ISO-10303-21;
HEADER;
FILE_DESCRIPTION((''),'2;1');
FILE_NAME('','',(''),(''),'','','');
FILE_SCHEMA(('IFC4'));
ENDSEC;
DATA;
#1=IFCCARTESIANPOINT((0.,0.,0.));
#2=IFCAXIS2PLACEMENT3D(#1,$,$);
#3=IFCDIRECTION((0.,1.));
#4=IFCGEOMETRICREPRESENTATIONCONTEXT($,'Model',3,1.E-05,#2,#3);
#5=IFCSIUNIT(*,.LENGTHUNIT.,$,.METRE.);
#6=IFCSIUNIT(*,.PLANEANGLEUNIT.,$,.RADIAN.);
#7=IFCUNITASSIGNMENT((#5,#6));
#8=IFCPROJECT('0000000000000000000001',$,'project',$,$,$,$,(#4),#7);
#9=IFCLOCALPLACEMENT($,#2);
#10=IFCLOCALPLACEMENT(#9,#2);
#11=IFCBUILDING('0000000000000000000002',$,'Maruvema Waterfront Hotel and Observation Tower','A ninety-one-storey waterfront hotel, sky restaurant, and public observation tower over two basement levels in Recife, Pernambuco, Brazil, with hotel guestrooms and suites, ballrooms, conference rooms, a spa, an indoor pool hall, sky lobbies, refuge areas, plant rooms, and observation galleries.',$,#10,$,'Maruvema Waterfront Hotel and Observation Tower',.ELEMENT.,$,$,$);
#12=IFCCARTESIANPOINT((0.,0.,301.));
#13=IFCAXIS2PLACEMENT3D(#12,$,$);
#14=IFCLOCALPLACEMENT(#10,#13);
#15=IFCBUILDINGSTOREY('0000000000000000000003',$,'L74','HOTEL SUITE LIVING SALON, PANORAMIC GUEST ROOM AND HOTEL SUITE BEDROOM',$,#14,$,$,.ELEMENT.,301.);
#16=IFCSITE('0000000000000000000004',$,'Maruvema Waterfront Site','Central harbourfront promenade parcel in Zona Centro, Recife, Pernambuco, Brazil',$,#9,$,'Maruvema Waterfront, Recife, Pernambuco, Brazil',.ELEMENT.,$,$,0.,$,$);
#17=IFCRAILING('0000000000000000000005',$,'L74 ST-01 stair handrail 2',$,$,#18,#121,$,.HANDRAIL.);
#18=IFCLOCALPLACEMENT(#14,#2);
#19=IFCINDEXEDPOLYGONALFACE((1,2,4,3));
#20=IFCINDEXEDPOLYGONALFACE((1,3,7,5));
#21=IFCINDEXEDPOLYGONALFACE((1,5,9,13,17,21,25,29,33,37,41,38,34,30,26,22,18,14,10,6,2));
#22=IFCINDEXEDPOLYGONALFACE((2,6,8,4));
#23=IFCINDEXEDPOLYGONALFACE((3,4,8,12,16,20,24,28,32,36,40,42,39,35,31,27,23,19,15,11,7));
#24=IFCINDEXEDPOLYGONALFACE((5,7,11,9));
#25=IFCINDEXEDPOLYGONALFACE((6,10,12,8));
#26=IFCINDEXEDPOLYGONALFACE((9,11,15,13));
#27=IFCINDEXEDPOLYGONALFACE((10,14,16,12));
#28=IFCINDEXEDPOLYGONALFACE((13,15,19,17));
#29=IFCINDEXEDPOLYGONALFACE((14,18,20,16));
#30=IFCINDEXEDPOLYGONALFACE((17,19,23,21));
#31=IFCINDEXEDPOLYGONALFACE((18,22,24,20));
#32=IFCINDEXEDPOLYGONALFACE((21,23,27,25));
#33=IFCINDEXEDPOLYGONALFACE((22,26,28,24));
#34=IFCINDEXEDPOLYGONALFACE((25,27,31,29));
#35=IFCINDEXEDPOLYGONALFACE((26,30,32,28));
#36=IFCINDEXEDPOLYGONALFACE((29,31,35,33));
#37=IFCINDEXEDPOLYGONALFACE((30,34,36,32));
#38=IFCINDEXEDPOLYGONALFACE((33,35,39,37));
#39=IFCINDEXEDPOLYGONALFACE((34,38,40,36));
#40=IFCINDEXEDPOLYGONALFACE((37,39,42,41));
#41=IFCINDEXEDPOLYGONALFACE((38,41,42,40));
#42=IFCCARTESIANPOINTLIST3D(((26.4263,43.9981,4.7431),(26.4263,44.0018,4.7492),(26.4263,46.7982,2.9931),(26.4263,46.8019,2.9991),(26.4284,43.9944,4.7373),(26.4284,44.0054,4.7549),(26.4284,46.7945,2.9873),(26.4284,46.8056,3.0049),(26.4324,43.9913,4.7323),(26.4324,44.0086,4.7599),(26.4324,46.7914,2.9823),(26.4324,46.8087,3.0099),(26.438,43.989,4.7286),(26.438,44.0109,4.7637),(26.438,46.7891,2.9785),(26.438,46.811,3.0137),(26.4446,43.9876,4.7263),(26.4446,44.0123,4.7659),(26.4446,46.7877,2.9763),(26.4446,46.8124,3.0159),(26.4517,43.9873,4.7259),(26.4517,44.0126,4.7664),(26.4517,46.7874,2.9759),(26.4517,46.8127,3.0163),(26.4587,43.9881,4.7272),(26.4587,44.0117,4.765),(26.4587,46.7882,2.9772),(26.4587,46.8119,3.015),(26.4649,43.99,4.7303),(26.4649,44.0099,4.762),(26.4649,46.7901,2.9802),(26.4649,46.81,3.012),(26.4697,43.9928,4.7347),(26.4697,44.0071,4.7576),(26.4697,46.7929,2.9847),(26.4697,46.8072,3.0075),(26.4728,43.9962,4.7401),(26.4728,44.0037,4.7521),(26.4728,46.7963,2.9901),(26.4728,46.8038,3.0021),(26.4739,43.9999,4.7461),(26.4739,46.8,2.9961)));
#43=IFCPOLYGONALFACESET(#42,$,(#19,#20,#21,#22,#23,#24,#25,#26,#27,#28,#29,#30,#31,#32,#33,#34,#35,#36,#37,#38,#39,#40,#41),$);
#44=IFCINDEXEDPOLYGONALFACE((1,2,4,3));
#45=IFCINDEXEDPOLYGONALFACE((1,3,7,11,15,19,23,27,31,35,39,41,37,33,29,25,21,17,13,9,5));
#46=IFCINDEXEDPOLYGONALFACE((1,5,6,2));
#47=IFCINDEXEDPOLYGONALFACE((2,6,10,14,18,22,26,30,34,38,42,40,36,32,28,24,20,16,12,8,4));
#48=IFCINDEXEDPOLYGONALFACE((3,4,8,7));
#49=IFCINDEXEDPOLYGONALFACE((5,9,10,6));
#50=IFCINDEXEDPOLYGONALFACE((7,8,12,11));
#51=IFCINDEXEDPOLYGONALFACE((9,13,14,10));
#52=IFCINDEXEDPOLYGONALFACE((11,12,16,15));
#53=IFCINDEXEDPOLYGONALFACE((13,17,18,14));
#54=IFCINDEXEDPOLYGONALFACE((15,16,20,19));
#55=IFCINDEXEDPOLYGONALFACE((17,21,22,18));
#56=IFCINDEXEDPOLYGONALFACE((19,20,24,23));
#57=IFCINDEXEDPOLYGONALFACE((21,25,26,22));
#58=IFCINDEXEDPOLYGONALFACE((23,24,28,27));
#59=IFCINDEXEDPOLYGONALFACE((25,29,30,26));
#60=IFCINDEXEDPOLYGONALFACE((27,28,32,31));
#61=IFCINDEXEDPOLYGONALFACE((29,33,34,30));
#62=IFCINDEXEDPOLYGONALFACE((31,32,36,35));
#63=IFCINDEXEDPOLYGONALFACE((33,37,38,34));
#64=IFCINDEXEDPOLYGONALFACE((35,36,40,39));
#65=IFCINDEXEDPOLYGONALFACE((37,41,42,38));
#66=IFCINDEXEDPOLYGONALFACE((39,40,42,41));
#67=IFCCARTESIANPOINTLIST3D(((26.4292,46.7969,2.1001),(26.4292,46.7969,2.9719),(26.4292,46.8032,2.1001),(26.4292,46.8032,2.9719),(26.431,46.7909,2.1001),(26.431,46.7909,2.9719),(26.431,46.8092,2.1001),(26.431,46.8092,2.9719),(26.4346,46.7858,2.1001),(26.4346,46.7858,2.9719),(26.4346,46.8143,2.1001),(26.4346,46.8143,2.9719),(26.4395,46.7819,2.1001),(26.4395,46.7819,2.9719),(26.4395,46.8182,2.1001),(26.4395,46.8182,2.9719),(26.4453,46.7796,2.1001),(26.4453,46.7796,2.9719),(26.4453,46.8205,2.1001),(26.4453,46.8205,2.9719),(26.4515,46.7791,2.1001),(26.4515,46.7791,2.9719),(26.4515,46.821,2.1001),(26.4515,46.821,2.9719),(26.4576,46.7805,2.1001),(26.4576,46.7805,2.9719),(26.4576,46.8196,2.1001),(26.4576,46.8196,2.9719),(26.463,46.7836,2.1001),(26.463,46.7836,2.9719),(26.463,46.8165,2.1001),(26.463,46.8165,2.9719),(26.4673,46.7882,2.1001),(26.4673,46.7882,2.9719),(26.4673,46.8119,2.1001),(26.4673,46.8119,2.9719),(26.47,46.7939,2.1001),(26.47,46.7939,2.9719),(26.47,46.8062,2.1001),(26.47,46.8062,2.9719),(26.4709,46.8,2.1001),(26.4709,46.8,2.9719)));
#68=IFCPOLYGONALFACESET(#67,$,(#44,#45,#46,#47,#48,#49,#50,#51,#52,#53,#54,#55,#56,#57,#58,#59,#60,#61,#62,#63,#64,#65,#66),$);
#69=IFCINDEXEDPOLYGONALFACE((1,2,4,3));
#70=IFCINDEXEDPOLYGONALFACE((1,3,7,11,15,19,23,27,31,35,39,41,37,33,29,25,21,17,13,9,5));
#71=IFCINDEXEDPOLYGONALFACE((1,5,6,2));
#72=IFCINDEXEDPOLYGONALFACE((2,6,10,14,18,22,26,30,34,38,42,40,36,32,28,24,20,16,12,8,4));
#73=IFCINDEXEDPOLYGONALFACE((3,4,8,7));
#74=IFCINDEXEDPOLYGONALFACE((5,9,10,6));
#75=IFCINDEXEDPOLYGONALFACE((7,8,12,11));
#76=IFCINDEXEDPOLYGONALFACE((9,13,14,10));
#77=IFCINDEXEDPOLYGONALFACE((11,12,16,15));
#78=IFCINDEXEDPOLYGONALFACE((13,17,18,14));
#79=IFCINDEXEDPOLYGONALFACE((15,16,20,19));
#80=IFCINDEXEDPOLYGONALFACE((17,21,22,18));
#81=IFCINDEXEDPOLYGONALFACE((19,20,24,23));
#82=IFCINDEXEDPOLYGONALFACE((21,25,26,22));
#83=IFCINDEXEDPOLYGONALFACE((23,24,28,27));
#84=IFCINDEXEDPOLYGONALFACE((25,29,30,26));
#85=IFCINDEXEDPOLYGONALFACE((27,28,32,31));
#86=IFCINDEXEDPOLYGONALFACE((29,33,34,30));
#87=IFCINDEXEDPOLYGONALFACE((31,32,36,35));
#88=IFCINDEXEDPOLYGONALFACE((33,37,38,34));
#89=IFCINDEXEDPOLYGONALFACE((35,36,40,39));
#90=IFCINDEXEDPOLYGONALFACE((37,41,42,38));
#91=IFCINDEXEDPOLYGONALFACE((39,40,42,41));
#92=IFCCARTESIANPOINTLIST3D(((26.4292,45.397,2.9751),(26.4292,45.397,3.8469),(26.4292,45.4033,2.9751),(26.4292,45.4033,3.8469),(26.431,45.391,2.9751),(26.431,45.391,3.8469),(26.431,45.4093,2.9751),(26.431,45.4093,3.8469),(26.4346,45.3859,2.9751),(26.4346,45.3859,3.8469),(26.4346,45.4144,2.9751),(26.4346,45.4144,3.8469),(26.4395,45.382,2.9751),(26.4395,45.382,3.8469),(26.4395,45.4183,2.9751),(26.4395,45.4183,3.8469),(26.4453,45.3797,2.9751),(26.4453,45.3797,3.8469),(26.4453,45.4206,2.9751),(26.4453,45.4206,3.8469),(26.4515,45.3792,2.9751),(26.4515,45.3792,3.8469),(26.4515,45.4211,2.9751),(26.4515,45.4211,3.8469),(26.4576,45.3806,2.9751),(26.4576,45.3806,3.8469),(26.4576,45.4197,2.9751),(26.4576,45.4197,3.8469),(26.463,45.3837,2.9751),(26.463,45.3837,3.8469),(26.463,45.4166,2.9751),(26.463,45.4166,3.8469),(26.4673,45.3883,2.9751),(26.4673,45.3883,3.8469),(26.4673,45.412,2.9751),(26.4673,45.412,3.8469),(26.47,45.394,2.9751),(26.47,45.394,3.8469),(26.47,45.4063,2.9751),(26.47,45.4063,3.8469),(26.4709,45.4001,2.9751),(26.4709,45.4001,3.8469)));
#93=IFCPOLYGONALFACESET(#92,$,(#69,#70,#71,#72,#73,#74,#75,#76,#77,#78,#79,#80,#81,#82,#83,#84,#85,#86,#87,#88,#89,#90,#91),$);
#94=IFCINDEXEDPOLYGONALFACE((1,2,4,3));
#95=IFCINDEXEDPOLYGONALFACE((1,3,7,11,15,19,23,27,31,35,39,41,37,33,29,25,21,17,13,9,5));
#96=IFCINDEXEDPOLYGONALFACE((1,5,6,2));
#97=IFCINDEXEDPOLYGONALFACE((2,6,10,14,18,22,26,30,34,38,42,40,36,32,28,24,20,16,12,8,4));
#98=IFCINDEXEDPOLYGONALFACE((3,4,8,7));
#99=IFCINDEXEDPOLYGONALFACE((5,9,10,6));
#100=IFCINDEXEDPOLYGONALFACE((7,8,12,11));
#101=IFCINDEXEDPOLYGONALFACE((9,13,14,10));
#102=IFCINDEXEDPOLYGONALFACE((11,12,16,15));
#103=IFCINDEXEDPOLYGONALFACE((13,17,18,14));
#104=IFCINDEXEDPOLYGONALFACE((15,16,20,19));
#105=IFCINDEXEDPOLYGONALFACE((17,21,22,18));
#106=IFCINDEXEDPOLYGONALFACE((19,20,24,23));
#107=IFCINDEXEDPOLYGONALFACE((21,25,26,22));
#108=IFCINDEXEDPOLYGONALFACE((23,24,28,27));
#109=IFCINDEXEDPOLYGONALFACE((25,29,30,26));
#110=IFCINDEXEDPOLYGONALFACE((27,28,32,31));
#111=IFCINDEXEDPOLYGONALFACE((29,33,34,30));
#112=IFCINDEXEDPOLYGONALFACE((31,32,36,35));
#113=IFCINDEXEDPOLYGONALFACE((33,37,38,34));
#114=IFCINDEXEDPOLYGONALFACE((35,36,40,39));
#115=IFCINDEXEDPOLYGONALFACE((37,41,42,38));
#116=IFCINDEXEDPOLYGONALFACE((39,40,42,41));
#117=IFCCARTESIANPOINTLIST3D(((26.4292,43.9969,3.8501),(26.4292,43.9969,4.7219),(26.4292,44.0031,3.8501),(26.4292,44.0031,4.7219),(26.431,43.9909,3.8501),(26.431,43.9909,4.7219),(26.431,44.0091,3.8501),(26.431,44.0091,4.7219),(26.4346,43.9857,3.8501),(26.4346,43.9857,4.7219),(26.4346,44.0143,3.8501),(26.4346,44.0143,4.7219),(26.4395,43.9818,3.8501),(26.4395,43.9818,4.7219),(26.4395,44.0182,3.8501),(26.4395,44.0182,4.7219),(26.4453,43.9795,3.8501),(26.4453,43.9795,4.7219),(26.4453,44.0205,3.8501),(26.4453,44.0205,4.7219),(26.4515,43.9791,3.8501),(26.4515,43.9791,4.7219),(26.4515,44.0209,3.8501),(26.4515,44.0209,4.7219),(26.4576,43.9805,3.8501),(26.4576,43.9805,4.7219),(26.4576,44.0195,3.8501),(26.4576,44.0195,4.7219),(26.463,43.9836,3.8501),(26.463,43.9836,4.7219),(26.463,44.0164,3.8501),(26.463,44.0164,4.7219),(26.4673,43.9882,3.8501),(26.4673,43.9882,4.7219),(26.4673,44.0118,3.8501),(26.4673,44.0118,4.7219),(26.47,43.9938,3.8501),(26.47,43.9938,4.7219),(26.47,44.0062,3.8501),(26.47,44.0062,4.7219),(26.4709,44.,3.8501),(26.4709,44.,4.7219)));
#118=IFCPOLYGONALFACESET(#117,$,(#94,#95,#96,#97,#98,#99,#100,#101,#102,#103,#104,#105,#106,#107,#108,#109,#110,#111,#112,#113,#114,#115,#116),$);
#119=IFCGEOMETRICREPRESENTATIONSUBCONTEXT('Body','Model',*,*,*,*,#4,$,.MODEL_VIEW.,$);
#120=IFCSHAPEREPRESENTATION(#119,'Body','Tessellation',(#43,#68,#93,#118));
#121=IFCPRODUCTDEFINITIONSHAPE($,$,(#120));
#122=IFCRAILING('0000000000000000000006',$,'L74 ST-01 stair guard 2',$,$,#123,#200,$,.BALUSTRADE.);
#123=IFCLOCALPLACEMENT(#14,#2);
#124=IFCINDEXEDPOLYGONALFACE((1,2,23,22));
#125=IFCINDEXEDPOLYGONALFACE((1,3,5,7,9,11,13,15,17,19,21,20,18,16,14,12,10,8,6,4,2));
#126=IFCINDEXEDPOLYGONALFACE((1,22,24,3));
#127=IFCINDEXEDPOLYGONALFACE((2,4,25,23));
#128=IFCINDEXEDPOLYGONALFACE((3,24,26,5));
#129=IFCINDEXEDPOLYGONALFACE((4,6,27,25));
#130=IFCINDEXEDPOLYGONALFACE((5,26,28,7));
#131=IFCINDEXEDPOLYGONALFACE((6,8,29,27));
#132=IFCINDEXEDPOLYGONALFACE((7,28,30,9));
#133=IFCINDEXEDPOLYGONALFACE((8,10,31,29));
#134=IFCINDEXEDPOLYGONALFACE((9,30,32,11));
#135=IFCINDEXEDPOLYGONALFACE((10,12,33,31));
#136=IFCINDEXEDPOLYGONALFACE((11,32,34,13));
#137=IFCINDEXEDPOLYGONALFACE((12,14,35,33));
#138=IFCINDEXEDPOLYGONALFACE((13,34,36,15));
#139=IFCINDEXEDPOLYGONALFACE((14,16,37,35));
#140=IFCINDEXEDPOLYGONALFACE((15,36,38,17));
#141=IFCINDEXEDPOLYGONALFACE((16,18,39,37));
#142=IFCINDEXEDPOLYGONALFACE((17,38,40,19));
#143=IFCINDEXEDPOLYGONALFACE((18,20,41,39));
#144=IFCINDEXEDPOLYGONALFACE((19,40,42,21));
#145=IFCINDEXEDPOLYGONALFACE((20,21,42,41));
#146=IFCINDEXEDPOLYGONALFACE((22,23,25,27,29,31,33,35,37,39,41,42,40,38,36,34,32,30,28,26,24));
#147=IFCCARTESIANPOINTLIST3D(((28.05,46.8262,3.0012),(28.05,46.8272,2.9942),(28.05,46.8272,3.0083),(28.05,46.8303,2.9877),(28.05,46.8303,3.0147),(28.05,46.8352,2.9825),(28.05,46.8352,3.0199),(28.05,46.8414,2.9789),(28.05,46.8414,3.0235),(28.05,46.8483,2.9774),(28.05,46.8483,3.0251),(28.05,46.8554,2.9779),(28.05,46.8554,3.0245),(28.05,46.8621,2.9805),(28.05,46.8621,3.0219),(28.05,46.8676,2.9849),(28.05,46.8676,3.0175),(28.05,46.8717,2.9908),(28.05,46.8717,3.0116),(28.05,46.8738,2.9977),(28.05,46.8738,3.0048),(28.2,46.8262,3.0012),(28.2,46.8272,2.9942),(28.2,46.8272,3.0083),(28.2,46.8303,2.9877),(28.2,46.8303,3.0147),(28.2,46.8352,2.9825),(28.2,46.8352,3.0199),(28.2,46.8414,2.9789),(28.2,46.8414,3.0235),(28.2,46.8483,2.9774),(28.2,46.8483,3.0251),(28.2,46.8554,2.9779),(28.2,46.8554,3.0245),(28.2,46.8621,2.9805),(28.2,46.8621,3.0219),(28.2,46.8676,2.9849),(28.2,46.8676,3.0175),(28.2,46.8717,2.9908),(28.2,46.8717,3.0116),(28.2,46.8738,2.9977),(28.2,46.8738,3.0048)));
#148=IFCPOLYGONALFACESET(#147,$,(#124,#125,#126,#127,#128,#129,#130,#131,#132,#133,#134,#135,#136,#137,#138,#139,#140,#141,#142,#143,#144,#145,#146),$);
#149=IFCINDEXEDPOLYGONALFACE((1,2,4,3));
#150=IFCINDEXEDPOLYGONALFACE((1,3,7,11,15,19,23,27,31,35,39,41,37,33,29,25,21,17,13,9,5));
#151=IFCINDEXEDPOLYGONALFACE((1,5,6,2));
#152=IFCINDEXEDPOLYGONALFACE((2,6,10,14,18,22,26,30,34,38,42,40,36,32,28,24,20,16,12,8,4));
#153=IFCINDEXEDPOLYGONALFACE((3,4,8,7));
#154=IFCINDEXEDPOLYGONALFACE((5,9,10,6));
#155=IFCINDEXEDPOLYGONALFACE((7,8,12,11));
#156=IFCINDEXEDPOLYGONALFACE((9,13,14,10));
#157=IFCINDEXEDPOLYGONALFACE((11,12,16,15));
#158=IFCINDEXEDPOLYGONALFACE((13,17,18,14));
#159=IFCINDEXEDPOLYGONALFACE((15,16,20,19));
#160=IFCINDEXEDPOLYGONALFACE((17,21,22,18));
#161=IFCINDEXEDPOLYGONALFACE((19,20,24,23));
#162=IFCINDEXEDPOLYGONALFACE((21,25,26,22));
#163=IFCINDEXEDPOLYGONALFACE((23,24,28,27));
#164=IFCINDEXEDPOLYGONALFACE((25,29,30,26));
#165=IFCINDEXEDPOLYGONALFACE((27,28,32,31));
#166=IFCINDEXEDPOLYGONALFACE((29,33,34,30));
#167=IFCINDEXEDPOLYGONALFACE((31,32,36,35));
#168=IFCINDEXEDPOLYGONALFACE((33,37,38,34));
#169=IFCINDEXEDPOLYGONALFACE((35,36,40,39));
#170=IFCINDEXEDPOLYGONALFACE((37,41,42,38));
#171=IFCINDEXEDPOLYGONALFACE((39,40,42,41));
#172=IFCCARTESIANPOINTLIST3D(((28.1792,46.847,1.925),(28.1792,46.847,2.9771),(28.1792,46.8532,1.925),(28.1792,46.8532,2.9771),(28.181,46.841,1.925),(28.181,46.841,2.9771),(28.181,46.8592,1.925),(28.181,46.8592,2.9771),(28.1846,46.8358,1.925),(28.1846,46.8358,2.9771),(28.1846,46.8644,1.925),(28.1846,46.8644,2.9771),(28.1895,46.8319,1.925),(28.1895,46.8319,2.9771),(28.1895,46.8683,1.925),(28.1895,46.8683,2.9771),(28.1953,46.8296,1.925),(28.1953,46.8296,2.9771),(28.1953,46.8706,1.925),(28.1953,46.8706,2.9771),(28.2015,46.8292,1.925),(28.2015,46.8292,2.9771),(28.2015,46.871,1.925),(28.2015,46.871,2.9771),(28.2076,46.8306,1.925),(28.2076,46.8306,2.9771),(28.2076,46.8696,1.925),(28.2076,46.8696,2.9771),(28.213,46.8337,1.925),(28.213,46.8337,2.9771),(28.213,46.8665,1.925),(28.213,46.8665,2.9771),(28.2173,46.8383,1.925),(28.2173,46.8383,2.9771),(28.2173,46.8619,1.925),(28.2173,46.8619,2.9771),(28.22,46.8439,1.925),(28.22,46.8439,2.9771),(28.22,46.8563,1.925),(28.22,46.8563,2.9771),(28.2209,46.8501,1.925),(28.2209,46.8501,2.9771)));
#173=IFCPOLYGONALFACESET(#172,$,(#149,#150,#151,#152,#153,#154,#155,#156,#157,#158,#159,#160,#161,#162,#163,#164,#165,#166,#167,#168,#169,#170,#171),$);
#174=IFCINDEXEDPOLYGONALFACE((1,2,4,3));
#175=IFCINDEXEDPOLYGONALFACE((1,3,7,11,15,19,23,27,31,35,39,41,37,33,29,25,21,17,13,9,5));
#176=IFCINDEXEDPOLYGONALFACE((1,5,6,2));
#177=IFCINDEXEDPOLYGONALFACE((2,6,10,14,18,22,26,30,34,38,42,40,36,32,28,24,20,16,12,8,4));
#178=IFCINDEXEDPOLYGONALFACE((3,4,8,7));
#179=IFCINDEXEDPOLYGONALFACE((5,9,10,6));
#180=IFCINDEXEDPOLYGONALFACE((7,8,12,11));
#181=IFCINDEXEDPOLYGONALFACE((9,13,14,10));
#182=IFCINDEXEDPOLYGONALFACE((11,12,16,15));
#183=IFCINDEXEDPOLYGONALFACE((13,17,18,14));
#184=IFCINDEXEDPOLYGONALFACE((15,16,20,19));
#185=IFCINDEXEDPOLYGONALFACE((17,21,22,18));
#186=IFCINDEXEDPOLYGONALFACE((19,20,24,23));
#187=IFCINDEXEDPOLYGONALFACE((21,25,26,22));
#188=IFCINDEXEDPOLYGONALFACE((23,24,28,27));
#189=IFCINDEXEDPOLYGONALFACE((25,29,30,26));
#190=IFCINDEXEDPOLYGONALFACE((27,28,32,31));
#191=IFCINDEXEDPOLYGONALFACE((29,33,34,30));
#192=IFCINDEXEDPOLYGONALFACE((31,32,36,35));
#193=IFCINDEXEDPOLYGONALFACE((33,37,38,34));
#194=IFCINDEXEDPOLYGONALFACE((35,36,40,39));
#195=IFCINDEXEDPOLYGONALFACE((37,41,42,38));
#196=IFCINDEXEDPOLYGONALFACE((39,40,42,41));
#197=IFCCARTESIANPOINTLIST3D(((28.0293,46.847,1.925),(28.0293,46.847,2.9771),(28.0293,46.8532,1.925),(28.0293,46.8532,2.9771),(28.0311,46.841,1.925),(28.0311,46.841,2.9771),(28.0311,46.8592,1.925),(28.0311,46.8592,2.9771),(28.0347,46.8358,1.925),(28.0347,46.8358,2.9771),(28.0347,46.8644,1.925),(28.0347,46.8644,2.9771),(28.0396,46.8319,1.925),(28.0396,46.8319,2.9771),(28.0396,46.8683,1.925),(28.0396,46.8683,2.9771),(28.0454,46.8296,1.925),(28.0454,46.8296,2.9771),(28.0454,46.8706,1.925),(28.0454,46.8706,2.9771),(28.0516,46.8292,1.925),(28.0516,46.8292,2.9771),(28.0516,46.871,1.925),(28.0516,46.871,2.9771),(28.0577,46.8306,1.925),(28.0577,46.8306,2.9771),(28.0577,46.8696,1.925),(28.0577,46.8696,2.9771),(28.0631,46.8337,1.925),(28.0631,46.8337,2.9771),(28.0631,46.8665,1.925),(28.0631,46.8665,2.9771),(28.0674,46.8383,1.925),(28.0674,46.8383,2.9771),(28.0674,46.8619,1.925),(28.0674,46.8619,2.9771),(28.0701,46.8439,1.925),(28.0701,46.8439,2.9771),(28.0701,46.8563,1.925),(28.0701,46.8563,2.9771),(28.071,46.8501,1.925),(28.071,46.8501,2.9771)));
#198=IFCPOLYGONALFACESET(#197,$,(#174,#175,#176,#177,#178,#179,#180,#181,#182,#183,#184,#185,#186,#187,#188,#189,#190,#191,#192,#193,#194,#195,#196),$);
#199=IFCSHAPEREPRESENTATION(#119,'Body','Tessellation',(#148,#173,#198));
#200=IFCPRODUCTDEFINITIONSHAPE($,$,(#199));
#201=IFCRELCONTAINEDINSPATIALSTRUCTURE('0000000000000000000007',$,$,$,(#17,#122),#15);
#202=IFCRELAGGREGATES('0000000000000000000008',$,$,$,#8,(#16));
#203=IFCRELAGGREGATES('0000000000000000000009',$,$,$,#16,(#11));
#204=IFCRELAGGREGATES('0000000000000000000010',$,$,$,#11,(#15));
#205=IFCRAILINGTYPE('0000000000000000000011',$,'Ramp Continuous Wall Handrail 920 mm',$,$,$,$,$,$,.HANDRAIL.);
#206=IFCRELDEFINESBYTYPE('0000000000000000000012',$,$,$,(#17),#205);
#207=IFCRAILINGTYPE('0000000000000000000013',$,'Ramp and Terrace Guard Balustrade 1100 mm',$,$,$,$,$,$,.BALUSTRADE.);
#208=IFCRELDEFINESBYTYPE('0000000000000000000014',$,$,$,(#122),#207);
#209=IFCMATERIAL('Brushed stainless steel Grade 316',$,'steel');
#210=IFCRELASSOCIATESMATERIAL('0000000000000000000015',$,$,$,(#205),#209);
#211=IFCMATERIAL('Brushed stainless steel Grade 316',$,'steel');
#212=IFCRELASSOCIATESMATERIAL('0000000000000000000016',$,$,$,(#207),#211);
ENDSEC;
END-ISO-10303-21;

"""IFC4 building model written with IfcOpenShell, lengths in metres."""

from ifc_helpers import new_model, si_unit, direction, frame, origin, origin_2d, place, context, subcontext, project, spatial, circle, extrude, material, type_object, element, save


model = new_model("IFC4")

# Units and contexts
model_context = context("Model", 3, precision=1e-05, world=origin(), true_north=direction((0.0, 1.0)))
body_context = subcontext(model_context, "Body", "Model", "MODEL_VIEW")
ifc_project = project(units=[si_unit("LENGTHUNIT", "METRE"), si_unit("PLANEANGLEUNIT", "RADIAN")], contexts=[model_context])

# Site, building, storey
site_placement = place(None, origin())
site = spatial("IfcSite", under=ifc_project, at=site_placement, Name="Maruvema Waterfront Site", Description="Central harbourfront promenade parcel in Zona Centro, Recife, Pernambuco, Brazil", LongName="Maruvema Waterfront, Recife, Pernambuco, Brazil", CompositionType="ELEMENT", RefElevation=0.0)
building_placement = place(site_placement, origin())
building = spatial("IfcBuilding", under=site, at=building_placement, Name="Maruvema Waterfront Hotel and Observation Tower", Description="A ninety-one-storey waterfront hotel, sky restaurant, and public observation tower over two basement levels in Recife, Pernambuco, Brazil, with hotel guestrooms and suites, ballrooms, conference rooms, a spa, an indoor pool hall, sky lobbies, refuge areas, plant rooms, and observation galleries.", LongName="Maruvema Waterfront Hotel and Observation Tower", CompositionType="ELEMENT")
storey_placement = place(building_placement, frame((0.0, 0.0, 301.0)))
storey = spatial("IfcBuildingStorey", under=building, at=storey_placement, Name="L74", Description="HOTEL SUITE LIVING SALON, PANORAMIC GUEST ROOM AND HOTEL SUITE BEDROOM", CompositionType="ELEMENT", Elevation=301.0)

# Railings
ifc_material_1 = material(Name="Brushed stainless steel Grade 316", Category="steel")
railing_type_1 = type_object("IfcRailingType", Name="Ramp Continuous Wall Handrail 920 mm", PredefinedType="HANDRAIL", material=ifc_material_1)
railing_1_placement = place(storey_placement, frame((26.45, 46.8, 2.1001)))
element("IfcRailing", 1, at=railing_1_placement, inside=storey, type_object=railing_type_1, Name="L74 ST-01 stair handrail 2", PredefinedType="HANDRAIL", context=body_context, shape_type="SweptSolid", body=[
    extrude(circle(Radius=0.0239, at=origin_2d()), frame((0.0, 0.0, 0.896), z_axis=(0.0, -0.848002, 0.529992), x_axis=(1.0, 0.0, 0.0)), (0.0, 0.0, 1.0), 3.302),
    extrude(circle(Radius=0.021, at=origin_2d()), origin(), (0.0, 0.0, 1.0), 0.8718),
    extrude(circle(Radius=0.021, at=origin_2d()), frame((0.0, -1.3999, 0.875)), (0.0, 0.0, 1.0), 0.8718),
    extrude(circle(Radius=0.021, at=origin_2d()), frame((0.0, -2.8, 1.75)), (0.0, 0.0, 1.0), 0.8718),
])
ifc_material_2 = material(Name="Brushed stainless steel Grade 316", Category="steel")
railing_type_2 = type_object("IfcRailingType", Name="Ramp and Terrace Guard Balustrade 1100 mm", PredefinedType="BALUSTRADE", material=ifc_material_2)
railing_2_placement = place(storey_placement, frame((28.2, 46.8501, 1.925)))
element("IfcRailing", 2, at=railing_2_placement, inside=storey, type_object=railing_type_2, Name="L74 ST-01 stair guard 2", PredefinedType="BALUSTRADE", context=body_context, shape_type="SweptSolid", body=[
    extrude(circle(Radius=0.0239, at=origin_2d()), frame((0.0, 0.0, 1.0762), z_axis=(-1.0, 0.0, 0.0), x_axis=(0.0, -1.0, 0.0)), (0.0, 0.0, 1.0), 0.1499),
    extrude(circle(Radius=0.021, at=origin_2d()), origin(), (0.0, 0.0, 1.0), 1.052),
    extrude(circle(Radius=0.021, at=origin_2d()), frame((-0.1499, 0.0, 0.0)), (0.0, 0.0, 1.0), 1.052),
])

save(model, "model.ifc")
